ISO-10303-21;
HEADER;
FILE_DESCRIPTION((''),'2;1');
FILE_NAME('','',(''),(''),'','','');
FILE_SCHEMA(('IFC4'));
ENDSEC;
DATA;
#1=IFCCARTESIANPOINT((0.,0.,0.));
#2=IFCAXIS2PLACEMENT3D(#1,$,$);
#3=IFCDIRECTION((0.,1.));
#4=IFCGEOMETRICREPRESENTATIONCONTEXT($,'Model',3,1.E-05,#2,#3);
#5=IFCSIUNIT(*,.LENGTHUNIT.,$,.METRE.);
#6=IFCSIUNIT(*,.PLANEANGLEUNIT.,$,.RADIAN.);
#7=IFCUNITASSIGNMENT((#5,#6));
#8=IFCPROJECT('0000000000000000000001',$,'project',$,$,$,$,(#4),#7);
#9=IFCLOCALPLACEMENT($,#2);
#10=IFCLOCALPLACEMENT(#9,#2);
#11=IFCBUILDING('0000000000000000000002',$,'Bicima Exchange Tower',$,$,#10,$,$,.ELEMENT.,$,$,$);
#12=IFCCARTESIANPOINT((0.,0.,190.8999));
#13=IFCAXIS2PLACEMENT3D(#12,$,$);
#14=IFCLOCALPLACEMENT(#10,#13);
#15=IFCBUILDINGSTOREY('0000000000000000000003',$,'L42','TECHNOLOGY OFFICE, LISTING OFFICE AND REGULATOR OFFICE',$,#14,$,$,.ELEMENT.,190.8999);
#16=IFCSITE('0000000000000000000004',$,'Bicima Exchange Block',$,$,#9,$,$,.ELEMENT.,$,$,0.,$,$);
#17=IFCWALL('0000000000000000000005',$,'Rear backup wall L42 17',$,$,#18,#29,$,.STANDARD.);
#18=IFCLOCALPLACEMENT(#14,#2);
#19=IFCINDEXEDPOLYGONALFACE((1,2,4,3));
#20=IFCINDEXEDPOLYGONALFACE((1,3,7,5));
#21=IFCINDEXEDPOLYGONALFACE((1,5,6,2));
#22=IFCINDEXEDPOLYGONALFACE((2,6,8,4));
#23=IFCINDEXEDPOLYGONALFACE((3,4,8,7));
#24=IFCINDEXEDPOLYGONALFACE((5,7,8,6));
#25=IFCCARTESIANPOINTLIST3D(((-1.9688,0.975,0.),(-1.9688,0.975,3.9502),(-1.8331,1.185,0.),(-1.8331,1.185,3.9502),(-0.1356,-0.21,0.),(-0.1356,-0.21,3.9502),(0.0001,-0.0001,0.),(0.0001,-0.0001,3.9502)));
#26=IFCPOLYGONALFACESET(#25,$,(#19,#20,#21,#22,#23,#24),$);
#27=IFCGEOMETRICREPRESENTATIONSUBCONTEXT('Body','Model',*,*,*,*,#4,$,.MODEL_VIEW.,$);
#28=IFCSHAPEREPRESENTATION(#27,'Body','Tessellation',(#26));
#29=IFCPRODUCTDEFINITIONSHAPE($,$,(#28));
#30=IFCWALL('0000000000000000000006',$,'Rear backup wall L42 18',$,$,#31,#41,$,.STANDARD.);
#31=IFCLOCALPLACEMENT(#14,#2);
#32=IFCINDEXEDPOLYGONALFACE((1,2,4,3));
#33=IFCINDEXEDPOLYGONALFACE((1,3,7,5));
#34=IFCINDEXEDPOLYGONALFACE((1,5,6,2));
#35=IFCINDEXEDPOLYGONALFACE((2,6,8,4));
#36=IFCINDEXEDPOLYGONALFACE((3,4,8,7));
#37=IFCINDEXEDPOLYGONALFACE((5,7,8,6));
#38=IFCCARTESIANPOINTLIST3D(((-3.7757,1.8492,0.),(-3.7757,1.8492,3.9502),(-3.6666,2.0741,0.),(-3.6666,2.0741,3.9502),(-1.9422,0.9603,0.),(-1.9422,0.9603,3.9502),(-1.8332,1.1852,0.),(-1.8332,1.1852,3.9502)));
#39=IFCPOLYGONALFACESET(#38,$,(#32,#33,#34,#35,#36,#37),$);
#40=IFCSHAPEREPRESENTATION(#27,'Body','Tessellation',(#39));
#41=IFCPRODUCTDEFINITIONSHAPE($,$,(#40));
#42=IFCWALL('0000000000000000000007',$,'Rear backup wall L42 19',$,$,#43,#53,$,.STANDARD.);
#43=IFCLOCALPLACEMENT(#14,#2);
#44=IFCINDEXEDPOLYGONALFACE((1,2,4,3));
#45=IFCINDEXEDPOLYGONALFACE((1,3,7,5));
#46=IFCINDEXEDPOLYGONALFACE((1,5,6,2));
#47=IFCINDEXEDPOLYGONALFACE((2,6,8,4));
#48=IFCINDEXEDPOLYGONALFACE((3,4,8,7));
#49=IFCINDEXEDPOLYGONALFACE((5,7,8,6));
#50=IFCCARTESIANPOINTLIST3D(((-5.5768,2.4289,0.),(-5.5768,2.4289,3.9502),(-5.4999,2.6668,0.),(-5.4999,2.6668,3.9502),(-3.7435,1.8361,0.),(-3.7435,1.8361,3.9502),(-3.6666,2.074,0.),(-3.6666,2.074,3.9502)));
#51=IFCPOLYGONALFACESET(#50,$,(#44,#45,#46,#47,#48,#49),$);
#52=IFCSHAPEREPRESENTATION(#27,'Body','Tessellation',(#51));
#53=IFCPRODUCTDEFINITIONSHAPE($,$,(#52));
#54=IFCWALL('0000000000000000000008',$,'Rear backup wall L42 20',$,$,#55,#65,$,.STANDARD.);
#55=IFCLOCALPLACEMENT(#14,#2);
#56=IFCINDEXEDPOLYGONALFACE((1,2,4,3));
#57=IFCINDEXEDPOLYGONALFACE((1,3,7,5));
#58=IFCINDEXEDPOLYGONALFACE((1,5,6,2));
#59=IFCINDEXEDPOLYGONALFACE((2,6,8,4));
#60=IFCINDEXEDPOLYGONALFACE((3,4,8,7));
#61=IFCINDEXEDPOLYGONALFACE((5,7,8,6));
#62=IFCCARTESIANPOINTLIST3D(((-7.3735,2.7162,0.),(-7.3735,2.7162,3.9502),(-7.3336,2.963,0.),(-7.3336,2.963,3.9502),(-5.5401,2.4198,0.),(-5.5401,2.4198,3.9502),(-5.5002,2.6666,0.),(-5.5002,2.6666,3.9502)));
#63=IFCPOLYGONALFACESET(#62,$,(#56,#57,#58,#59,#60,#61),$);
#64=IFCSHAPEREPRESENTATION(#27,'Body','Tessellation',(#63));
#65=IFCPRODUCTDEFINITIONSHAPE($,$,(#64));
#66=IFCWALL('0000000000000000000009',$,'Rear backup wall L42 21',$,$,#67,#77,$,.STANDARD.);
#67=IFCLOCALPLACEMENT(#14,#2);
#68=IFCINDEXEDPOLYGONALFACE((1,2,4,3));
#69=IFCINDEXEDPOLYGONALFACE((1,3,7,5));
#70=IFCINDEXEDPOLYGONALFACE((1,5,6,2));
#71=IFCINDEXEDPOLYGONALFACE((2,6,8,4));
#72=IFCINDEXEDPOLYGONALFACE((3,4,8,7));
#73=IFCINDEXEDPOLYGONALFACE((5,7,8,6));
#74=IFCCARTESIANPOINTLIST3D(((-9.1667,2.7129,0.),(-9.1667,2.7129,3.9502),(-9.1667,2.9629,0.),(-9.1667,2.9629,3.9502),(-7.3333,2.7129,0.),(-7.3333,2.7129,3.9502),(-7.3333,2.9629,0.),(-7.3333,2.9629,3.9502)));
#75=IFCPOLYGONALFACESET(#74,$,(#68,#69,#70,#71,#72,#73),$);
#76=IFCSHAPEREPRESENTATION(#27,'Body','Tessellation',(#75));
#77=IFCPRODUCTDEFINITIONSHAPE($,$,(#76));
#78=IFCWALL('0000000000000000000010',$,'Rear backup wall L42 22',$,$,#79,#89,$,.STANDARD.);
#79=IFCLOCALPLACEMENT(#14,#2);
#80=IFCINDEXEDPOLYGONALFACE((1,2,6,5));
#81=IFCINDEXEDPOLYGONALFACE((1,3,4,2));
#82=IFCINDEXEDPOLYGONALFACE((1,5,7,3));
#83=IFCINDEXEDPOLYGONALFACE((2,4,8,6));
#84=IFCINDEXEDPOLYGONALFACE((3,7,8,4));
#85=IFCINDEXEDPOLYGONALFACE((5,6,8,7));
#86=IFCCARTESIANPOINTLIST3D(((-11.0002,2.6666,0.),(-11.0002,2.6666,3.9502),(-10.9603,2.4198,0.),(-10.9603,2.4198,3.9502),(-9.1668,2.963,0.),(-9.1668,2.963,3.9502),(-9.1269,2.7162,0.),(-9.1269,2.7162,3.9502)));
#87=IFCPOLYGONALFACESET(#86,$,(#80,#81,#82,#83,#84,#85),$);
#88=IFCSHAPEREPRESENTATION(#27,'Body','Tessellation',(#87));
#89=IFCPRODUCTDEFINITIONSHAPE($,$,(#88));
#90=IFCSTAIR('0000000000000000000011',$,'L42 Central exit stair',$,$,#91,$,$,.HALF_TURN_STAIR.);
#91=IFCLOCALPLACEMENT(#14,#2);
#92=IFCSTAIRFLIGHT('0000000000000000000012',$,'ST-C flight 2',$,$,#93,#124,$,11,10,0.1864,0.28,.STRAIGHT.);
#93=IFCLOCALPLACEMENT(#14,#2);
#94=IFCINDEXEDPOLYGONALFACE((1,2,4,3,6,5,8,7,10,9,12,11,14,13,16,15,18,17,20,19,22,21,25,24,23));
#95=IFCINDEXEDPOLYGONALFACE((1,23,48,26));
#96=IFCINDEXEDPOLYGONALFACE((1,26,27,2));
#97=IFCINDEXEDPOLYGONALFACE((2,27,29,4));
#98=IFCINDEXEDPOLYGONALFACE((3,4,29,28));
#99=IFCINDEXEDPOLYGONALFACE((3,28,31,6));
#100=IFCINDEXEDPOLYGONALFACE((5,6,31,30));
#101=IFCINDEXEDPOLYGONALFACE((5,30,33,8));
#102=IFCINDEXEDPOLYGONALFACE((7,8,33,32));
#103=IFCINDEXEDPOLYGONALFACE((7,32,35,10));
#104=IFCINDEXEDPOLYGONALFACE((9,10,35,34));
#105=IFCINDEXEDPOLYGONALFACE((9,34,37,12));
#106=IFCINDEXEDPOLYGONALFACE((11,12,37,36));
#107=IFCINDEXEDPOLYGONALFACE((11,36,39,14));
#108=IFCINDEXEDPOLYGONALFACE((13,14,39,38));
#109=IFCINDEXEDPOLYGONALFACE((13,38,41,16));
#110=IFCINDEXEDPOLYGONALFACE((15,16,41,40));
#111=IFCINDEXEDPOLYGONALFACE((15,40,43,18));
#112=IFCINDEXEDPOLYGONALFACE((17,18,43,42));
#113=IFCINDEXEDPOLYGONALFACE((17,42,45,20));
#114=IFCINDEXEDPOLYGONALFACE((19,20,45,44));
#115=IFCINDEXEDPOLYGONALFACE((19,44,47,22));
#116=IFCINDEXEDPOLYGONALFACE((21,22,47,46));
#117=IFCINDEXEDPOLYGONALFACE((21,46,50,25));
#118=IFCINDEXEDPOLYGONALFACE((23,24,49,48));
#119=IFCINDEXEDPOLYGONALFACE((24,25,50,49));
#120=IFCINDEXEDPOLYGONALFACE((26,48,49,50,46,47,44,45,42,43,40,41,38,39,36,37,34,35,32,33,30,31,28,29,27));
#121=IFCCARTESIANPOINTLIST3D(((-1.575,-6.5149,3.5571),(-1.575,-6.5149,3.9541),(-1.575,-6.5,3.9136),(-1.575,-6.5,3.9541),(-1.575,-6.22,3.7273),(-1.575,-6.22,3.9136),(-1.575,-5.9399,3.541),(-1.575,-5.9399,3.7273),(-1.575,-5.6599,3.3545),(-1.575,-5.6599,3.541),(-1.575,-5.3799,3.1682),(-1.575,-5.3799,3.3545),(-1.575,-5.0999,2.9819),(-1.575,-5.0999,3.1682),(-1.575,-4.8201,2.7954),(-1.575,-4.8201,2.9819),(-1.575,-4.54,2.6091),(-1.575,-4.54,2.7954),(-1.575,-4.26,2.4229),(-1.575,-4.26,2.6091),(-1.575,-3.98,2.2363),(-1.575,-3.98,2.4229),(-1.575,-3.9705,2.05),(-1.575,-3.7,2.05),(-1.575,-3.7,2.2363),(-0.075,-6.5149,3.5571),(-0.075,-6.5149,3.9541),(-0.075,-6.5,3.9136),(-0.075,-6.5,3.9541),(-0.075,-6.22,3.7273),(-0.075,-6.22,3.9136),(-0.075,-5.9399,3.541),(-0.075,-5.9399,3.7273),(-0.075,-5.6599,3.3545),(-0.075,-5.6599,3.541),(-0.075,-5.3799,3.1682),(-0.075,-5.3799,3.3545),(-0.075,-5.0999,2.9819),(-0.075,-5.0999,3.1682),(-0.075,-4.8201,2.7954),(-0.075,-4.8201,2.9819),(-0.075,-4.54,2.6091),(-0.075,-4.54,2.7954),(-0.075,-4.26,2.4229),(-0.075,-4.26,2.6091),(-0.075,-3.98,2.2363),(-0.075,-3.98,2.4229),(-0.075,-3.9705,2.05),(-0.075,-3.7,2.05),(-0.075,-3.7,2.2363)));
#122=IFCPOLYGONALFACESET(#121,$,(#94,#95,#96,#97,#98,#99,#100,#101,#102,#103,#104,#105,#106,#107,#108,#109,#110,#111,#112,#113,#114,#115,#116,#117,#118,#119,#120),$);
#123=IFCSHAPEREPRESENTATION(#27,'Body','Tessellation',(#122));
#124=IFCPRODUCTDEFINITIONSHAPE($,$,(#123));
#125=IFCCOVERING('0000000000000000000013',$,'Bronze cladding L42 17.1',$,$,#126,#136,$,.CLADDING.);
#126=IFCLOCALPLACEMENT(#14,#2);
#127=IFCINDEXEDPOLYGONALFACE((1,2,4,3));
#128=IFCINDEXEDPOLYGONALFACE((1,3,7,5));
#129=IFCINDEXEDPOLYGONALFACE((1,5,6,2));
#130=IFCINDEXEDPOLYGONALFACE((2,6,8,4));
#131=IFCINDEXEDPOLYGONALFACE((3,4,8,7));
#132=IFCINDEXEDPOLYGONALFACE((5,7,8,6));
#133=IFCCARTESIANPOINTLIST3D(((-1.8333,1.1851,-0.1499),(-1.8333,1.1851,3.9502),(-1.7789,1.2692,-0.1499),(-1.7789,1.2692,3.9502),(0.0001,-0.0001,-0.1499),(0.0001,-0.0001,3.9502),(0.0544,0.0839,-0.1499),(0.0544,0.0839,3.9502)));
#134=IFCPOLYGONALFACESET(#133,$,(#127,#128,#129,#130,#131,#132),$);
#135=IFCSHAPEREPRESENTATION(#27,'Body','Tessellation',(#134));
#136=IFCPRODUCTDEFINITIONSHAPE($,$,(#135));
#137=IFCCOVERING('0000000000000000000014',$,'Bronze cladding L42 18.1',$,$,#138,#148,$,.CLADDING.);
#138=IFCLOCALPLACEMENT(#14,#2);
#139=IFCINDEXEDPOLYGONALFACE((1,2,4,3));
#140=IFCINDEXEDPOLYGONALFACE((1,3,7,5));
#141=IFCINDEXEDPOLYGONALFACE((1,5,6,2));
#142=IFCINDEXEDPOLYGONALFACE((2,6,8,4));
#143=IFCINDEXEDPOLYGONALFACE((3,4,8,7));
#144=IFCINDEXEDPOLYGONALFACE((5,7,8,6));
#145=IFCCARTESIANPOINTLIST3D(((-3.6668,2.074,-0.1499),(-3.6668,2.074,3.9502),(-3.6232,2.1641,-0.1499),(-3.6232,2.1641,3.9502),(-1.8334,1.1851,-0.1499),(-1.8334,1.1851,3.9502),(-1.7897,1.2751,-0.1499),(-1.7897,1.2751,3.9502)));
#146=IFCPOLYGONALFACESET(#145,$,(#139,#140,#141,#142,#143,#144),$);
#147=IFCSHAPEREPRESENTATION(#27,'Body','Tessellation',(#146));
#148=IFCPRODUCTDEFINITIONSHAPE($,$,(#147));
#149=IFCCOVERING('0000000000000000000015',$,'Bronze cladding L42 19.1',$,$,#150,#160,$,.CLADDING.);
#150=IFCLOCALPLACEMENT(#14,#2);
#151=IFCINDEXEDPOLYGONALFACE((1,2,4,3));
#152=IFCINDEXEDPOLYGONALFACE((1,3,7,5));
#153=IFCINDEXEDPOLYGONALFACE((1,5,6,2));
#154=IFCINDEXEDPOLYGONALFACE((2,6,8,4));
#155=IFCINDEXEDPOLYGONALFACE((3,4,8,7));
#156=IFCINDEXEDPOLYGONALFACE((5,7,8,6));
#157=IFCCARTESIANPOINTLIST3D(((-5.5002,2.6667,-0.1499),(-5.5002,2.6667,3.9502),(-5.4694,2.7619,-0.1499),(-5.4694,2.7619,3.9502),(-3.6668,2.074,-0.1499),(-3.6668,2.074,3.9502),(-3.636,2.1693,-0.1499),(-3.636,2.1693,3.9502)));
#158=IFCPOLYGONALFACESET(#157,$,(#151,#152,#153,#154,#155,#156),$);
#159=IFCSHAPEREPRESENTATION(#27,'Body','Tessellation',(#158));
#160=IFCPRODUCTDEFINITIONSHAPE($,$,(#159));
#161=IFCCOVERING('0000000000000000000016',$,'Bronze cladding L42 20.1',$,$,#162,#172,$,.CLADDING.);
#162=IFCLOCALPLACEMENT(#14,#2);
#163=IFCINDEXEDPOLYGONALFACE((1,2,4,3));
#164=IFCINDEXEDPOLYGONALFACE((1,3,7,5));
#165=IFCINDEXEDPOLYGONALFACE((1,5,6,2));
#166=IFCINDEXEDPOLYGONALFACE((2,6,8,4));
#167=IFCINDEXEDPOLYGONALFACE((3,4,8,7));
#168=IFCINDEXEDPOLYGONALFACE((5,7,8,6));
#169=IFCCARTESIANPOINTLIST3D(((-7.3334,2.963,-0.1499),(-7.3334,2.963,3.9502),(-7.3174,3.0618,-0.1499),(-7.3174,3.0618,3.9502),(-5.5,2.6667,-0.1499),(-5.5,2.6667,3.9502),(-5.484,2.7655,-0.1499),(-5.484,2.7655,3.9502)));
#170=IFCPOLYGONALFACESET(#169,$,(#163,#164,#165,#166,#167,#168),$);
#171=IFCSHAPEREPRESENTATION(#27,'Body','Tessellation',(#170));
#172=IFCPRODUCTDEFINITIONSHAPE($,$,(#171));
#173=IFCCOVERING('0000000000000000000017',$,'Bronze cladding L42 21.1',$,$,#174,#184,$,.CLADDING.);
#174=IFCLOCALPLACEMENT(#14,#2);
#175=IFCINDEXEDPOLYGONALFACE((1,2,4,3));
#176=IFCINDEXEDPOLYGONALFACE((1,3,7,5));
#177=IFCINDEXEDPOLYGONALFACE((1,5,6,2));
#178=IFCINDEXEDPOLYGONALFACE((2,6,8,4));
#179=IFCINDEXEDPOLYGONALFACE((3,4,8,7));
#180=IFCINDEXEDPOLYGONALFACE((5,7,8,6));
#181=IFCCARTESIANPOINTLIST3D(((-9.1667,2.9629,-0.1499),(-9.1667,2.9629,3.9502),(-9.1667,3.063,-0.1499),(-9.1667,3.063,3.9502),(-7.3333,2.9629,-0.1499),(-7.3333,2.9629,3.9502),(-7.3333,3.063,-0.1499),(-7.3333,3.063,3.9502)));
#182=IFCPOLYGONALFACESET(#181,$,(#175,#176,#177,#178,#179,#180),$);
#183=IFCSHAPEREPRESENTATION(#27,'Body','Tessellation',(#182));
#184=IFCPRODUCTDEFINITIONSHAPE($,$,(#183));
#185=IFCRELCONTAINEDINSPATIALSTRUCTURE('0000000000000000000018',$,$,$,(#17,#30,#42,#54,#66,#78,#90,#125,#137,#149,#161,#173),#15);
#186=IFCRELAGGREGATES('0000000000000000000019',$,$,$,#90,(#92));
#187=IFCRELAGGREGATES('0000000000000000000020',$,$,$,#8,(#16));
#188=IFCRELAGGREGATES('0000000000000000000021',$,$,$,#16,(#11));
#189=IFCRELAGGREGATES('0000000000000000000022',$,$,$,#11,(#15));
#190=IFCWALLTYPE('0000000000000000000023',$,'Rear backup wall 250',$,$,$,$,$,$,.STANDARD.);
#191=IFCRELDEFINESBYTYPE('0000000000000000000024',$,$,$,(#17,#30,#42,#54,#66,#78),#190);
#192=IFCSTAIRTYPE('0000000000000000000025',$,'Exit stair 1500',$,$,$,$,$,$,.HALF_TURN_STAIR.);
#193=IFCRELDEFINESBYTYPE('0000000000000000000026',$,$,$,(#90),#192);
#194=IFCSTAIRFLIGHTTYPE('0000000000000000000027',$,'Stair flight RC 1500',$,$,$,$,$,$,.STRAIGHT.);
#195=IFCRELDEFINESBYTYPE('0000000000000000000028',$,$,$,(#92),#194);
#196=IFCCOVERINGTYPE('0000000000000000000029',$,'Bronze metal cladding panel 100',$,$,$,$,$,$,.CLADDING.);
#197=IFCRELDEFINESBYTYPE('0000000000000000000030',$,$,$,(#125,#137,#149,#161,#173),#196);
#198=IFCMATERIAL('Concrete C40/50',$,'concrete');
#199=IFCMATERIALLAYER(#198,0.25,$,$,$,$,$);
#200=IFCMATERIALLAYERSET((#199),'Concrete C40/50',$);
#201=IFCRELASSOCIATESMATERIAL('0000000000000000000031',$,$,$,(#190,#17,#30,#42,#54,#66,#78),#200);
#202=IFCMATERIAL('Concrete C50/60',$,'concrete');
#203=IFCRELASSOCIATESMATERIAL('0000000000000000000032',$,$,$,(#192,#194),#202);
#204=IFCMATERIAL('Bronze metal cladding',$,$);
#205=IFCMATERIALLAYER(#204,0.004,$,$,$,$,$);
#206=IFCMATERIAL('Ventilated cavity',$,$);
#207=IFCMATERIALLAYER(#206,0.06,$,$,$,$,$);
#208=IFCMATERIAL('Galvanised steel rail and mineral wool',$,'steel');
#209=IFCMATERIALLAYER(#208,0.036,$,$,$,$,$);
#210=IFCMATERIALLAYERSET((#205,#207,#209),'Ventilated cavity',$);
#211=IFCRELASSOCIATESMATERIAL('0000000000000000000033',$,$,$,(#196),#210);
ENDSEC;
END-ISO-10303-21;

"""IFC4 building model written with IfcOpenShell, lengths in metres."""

from ifc_helpers import new_model, si_unit, direction, frame, frame_2d, origin, origin_2d, place, context, subcontext, project, spatial, polyline, rectangle, outline, extrude, material, layer, layer_set, layer_usage, type_object, element, aggregate, save


model = new_model("IFC4")

# Units and contexts
model_context = context("Model", 3, precision=1e-05, world=origin(), true_north=direction((0.0, 1.0)))
body_context = subcontext(model_context, "Body", "Model", "MODEL_VIEW")
ifc_project = project(units=[si_unit("LENGTHUNIT", "METRE"), si_unit("PLANEANGLEUNIT", "RADIAN")], contexts=[model_context])

# Site, building, storey
site_placement = place(None, origin())
site = spatial("IfcSite", under=ifc_project, at=site_placement, Name="Bicima Exchange Block", CompositionType="ELEMENT", RefElevation=0.0)
building_placement = place(site_placement, origin())
building = spatial("IfcBuilding", under=site, at=building_placement, Name="Bicima Exchange Tower", CompositionType="ELEMENT")
storey_placement = place(building_placement, frame((0.0, 0.0, 190.8999)))
storey = spatial("IfcBuildingStorey", under=building, at=storey_placement, Name="L42", Description="TECHNOLOGY OFFICE, LISTING OFFICE AND REGULATOR OFFICE", CompositionType="ELEMENT", Elevation=190.8999)

# Shared definitions
ifc_material_1 = material(Name="Concrete C50/60", Category="concrete")

# Walls
ifc_material_2 = material(Name="Concrete C40/50", Category="concrete")
ifc_layer_1 = layer(ifc_material_2, 0.25)
ifc_layer_set_1 = layer_set([ifc_layer_1], Name="Concrete C40/50")
ifc_layer_usage = layer_usage(ifc_layer_set_1, "AXIS2", "POSITIVE", -0.125)
wall_type_1 = type_object("IfcWallType", Name="Rear backup wall 250", PredefinedType="STANDARD", material=ifc_layer_set_1)
wall_1_placement = place(storey_placement, frame((-0.0679, -0.105, 0.0), z_axis=(0.0, 0.0, 1.0), x_axis=(-0.839813, 0.542876, 0.0)))
element("IfcWall", 1, at=wall_1_placement, inside=storey, type_object=wall_type_1, material=ifc_layer_usage, Name="Rear backup wall L42 17", PredefinedType="STANDARD", context=body_context, shape_type="SweptSolid", body=[
    extrude(rectangle(XDim=2.1829, YDim=0.25, at=frame_2d((1.0913, 0.0))), origin(), (0.0, 0.0, 1.0), 3.9502),
])
wall_2_placement = place(storey_placement, frame((-1.8877, 1.0728, 0.0), z_axis=(0.0, 0.0, 1.0), x_axis=(-0.899824, 0.436253, 0.0)))
element("IfcWall", 2, at=wall_2_placement, inside=storey, type_object=wall_type_1, material=ifc_layer_usage, Name="Rear backup wall L42 18", PredefinedType="STANDARD", context=body_context, shape_type="SweptSolid", body=[
    extrude(rectangle(XDim=2.0376, YDim=0.25, at=frame_2d((1.0188, 0.0))), origin(), (0.0, 0.0, 1.0), 3.9502),
])
wall_3_placement = place(storey_placement, frame((-3.7051, 1.9551, 0.0), z_axis=(0.0, 0.0, 1.0), x_axis=(-0.951496, 0.307662, 0.0)))
element("IfcWall", 3, at=wall_3_placement, inside=storey, type_object=wall_type_1, material=ifc_layer_usage, Name="Rear backup wall L42 19", PredefinedType="STANDARD", context=body_context, shape_type="SweptSolid", body=[
    extrude(rectangle(XDim=1.9268, YDim=0.25, at=frame_2d((0.9634, 0.0))), origin(), (0.0, 0.0, 1.0), 3.9502),
])
wall_4_placement = place(storey_placement, frame((-5.52, 2.5432, 0.0), z_axis=(0.0, 0.0, 1.0), x_axis=(-0.987182, 0.1596, 0.0)))
element("IfcWall", 4, at=wall_4_placement, inside=storey, type_object=wall_type_1, material=ifc_layer_usage, Name="Rear backup wall L42 20", PredefinedType="STANDARD", context=body_context, shape_type="SweptSolid", body=[
    extrude(rectangle(XDim=1.8572, YDim=0.25, at=frame_2d((0.9287, 0.0))), origin(), (0.0, 0.0, 1.0), 3.9502),
])
wall_5_placement = place(storey_placement, frame((-7.3333, 2.8379, 0.0), z_axis=(0.0, 0.0, 1.0), x_axis=(-1.0, 0.0, 0.0)))
element("IfcWall", 5, at=wall_5_placement, inside=storey, type_object=wall_type_1, material=ifc_layer_usage, Name="Rear backup wall L42 21", PredefinedType="STANDARD", context=body_context, shape_type="SweptSolid", body=[
    extrude(rectangle(XDim=1.8335, YDim=0.25, at=frame_2d((0.9167, 0.0))), origin(), (0.0, 0.0, 1.0), 3.9502),
])
wall_6_placement = place(storey_placement, frame((-9.1467, 2.8396, 0.0), z_axis=(0.0, 0.0, 1.0), x_axis=(-0.987182, -0.1596, 0.0)))
element("IfcWall", 6, at=wall_6_placement, inside=storey, type_object=wall_type_1, material=ifc_layer_usage, Name="Rear backup wall L42 22", PredefinedType="STANDARD", context=body_context, shape_type="SweptSolid", body=[
    extrude(rectangle(XDim=1.8572, YDim=0.25, at=frame_2d((0.9287, 0.0))), origin(), (0.0, 0.0, 1.0), 3.9502),
])

# Stair, stair flight
stair_type = type_object("IfcStairType", Name="Exit stair 1500", PredefinedType="HALF_TURN_STAIR", material=ifc_material_1)
stair_placement = place(storey_placement, origin())
stair = element("IfcStair", 7, at=stair_placement, inside=storey, type_object=stair_type, Name="L42 Central exit stair", PredefinedType="HALF_TURN_STAIR")
stair_flight_type = type_object("IfcStairFlightType", Name="Stair flight RC 1500", PredefinedType="STRAIGHT", material=ifc_material_1)
stair_flight_placement = place(storey_placement, frame((-0.825, -3.7, 2.05), z_axis=(0.0, 0.0, 1.0), x_axis=(0.0, -1.0, 0.0)))
stair_flight = element("IfcStairFlight", 8, at=stair_flight_placement, type_object=stair_flight_type, Name="ST-C flight 2", NumberOfRisers=11, NumberOfTreads=10, PredefinedType="STRAIGHT", RiserHeight=0.1864, TreadLength=0.28, context=body_context, shape_type="SweptSolid", body=[
    extrude(outline(polyline([(0.0, 0.0), (0.0, 0.1863), (0.28, 0.1863), (0.28, 0.3728), (0.5601, 0.3728), (0.5601, 0.5591), (0.8401, 0.5591), (0.8401, 0.7454), (1.1201, 0.7454), (1.1201, 0.9319), (1.3999, 0.9319), (1.3999, 1.1182), (1.6799, 1.1182), (1.6799, 1.3044), (1.96, 1.3044), (1.96, 1.491), (2.24, 1.491), (2.24, 1.6772), (2.52, 1.6772), (2.52, 1.8635), (2.8, 1.8635), (2.8, 1.9041), (2.8149, 1.9041), (2.8149, 1.5071), (0.2705, 0.0), (0.0, 0.0)])), frame((0.0, 0.75, 0.0), z_axis=(0.0, -1.0, 0.0), x_axis=(1.0, 0.0, 0.0)), (0.0, 0.0, 1.0), 1.5),
])
aggregate(stair, [stair_flight])

# Coverings
ifc_material_3 = material(Name="Bronze metal cladding")
ifc_layer_2 = layer(ifc_material_3, 0.004)
ifc_material_4 = material(Name="Ventilated cavity")
ifc_layer_3 = layer(ifc_material_4, 0.06)
ifc_material_5 = material(Name="Galvanised steel rail and mineral wool", Category="steel")
ifc_layer_4 = layer(ifc_material_5, 0.036)
ifc_layer_set_2 = layer_set([ifc_layer_2, ifc_layer_3, ifc_layer_4], Name="Ventilated cavity")
covering_type = type_object("IfcCoveringType", Name="Bronze metal cladding panel 100", PredefinedType="CLADDING", material=ifc_layer_set_2)
covering_1_placement = place(storey_placement, frame((-0.8894, 0.6345, -0.1499), z_axis=(0.0, 0.0, 1.0), x_axis=(-0.83979, 0.542911, 0.0)))
element("IfcCovering", 9, at=covering_1_placement, inside=storey, type_object=covering_type, Name="Bronze cladding L42 17.1", PredefinedType="CLADDING", context=body_context, shape_type="SweptSolid", body=[
    extrude(rectangle(XDim=2.1831, YDim=0.1001, at=origin_2d()), origin(), (0.0, 0.0, 1.0), 4.1001),
])
covering_2_placement = place(storey_placement, frame((-2.7283, 1.6746, -0.1499), z_axis=(0.0, 0.0, 1.0), x_axis=(-0.899818, 0.436265, 0.0)))
element("IfcCovering", 10, at=covering_2_placement, inside=storey, type_object=covering_type, Name="Bronze cladding L42 18.1", PredefinedType="CLADDING", context=body_context, shape_type="SweptSolid", body=[
    extrude(rectangle(XDim=2.0376, YDim=0.1001, at=origin_2d()), origin(), (0.0, 0.0, 1.0), 4.1001),
])
covering_3_placement = place(storey_placement, frame((-4.5681, 2.418, -0.1499), z_axis=(0.0, 0.0, 1.0), x_axis=(-0.951525, 0.307573, 0.0)))
element("IfcCovering", 11, at=covering_3_placement, inside=storey, type_object=covering_type, Name="Bronze cladding L42 19.1", PredefinedType="CLADDING", context=body_context, shape_type="SweptSolid", body=[
    extrude(rectangle(XDim=1.9268, YDim=0.1001, at=origin_2d()), origin(), (0.0, 0.0, 1.0), 4.1001),
])
covering_4_placement = place(storey_placement, frame((-6.4087, 2.8643, -0.1499), z_axis=(0.0, 0.0, 1.0), x_axis=(-0.98719, 0.15955, 0.0)))
element("IfcCovering", 12, at=covering_4_placement, inside=storey, type_object=covering_type, Name="Bronze cladding L42 20.1", PredefinedType="CLADDING", context=body_context, shape_type="SweptSolid", body=[
    extrude(rectangle(XDim=1.8572, YDim=0.1001, at=origin_2d()), origin(), (0.0, 0.0, 1.0), 4.1001),
])
covering_5_placement = place(storey_placement, frame((-8.25, 3.0129, -0.1499), z_axis=(0.0, 0.0, 1.0), x_axis=(-1.0, 0.0, 0.0)))
element("IfcCovering", 13, at=covering_5_placement, inside=storey, type_object=covering_type, Name="Bronze cladding L42 21.1", PredefinedType="CLADDING", context=body_context, shape_type="SweptSolid", body=[
    extrude(rectangle(XDim=1.8335, YDim=0.1001, at=origin_2d()), origin(), (0.0, 0.0, 1.0), 4.1001),
])

save(model, "model.ifc")
